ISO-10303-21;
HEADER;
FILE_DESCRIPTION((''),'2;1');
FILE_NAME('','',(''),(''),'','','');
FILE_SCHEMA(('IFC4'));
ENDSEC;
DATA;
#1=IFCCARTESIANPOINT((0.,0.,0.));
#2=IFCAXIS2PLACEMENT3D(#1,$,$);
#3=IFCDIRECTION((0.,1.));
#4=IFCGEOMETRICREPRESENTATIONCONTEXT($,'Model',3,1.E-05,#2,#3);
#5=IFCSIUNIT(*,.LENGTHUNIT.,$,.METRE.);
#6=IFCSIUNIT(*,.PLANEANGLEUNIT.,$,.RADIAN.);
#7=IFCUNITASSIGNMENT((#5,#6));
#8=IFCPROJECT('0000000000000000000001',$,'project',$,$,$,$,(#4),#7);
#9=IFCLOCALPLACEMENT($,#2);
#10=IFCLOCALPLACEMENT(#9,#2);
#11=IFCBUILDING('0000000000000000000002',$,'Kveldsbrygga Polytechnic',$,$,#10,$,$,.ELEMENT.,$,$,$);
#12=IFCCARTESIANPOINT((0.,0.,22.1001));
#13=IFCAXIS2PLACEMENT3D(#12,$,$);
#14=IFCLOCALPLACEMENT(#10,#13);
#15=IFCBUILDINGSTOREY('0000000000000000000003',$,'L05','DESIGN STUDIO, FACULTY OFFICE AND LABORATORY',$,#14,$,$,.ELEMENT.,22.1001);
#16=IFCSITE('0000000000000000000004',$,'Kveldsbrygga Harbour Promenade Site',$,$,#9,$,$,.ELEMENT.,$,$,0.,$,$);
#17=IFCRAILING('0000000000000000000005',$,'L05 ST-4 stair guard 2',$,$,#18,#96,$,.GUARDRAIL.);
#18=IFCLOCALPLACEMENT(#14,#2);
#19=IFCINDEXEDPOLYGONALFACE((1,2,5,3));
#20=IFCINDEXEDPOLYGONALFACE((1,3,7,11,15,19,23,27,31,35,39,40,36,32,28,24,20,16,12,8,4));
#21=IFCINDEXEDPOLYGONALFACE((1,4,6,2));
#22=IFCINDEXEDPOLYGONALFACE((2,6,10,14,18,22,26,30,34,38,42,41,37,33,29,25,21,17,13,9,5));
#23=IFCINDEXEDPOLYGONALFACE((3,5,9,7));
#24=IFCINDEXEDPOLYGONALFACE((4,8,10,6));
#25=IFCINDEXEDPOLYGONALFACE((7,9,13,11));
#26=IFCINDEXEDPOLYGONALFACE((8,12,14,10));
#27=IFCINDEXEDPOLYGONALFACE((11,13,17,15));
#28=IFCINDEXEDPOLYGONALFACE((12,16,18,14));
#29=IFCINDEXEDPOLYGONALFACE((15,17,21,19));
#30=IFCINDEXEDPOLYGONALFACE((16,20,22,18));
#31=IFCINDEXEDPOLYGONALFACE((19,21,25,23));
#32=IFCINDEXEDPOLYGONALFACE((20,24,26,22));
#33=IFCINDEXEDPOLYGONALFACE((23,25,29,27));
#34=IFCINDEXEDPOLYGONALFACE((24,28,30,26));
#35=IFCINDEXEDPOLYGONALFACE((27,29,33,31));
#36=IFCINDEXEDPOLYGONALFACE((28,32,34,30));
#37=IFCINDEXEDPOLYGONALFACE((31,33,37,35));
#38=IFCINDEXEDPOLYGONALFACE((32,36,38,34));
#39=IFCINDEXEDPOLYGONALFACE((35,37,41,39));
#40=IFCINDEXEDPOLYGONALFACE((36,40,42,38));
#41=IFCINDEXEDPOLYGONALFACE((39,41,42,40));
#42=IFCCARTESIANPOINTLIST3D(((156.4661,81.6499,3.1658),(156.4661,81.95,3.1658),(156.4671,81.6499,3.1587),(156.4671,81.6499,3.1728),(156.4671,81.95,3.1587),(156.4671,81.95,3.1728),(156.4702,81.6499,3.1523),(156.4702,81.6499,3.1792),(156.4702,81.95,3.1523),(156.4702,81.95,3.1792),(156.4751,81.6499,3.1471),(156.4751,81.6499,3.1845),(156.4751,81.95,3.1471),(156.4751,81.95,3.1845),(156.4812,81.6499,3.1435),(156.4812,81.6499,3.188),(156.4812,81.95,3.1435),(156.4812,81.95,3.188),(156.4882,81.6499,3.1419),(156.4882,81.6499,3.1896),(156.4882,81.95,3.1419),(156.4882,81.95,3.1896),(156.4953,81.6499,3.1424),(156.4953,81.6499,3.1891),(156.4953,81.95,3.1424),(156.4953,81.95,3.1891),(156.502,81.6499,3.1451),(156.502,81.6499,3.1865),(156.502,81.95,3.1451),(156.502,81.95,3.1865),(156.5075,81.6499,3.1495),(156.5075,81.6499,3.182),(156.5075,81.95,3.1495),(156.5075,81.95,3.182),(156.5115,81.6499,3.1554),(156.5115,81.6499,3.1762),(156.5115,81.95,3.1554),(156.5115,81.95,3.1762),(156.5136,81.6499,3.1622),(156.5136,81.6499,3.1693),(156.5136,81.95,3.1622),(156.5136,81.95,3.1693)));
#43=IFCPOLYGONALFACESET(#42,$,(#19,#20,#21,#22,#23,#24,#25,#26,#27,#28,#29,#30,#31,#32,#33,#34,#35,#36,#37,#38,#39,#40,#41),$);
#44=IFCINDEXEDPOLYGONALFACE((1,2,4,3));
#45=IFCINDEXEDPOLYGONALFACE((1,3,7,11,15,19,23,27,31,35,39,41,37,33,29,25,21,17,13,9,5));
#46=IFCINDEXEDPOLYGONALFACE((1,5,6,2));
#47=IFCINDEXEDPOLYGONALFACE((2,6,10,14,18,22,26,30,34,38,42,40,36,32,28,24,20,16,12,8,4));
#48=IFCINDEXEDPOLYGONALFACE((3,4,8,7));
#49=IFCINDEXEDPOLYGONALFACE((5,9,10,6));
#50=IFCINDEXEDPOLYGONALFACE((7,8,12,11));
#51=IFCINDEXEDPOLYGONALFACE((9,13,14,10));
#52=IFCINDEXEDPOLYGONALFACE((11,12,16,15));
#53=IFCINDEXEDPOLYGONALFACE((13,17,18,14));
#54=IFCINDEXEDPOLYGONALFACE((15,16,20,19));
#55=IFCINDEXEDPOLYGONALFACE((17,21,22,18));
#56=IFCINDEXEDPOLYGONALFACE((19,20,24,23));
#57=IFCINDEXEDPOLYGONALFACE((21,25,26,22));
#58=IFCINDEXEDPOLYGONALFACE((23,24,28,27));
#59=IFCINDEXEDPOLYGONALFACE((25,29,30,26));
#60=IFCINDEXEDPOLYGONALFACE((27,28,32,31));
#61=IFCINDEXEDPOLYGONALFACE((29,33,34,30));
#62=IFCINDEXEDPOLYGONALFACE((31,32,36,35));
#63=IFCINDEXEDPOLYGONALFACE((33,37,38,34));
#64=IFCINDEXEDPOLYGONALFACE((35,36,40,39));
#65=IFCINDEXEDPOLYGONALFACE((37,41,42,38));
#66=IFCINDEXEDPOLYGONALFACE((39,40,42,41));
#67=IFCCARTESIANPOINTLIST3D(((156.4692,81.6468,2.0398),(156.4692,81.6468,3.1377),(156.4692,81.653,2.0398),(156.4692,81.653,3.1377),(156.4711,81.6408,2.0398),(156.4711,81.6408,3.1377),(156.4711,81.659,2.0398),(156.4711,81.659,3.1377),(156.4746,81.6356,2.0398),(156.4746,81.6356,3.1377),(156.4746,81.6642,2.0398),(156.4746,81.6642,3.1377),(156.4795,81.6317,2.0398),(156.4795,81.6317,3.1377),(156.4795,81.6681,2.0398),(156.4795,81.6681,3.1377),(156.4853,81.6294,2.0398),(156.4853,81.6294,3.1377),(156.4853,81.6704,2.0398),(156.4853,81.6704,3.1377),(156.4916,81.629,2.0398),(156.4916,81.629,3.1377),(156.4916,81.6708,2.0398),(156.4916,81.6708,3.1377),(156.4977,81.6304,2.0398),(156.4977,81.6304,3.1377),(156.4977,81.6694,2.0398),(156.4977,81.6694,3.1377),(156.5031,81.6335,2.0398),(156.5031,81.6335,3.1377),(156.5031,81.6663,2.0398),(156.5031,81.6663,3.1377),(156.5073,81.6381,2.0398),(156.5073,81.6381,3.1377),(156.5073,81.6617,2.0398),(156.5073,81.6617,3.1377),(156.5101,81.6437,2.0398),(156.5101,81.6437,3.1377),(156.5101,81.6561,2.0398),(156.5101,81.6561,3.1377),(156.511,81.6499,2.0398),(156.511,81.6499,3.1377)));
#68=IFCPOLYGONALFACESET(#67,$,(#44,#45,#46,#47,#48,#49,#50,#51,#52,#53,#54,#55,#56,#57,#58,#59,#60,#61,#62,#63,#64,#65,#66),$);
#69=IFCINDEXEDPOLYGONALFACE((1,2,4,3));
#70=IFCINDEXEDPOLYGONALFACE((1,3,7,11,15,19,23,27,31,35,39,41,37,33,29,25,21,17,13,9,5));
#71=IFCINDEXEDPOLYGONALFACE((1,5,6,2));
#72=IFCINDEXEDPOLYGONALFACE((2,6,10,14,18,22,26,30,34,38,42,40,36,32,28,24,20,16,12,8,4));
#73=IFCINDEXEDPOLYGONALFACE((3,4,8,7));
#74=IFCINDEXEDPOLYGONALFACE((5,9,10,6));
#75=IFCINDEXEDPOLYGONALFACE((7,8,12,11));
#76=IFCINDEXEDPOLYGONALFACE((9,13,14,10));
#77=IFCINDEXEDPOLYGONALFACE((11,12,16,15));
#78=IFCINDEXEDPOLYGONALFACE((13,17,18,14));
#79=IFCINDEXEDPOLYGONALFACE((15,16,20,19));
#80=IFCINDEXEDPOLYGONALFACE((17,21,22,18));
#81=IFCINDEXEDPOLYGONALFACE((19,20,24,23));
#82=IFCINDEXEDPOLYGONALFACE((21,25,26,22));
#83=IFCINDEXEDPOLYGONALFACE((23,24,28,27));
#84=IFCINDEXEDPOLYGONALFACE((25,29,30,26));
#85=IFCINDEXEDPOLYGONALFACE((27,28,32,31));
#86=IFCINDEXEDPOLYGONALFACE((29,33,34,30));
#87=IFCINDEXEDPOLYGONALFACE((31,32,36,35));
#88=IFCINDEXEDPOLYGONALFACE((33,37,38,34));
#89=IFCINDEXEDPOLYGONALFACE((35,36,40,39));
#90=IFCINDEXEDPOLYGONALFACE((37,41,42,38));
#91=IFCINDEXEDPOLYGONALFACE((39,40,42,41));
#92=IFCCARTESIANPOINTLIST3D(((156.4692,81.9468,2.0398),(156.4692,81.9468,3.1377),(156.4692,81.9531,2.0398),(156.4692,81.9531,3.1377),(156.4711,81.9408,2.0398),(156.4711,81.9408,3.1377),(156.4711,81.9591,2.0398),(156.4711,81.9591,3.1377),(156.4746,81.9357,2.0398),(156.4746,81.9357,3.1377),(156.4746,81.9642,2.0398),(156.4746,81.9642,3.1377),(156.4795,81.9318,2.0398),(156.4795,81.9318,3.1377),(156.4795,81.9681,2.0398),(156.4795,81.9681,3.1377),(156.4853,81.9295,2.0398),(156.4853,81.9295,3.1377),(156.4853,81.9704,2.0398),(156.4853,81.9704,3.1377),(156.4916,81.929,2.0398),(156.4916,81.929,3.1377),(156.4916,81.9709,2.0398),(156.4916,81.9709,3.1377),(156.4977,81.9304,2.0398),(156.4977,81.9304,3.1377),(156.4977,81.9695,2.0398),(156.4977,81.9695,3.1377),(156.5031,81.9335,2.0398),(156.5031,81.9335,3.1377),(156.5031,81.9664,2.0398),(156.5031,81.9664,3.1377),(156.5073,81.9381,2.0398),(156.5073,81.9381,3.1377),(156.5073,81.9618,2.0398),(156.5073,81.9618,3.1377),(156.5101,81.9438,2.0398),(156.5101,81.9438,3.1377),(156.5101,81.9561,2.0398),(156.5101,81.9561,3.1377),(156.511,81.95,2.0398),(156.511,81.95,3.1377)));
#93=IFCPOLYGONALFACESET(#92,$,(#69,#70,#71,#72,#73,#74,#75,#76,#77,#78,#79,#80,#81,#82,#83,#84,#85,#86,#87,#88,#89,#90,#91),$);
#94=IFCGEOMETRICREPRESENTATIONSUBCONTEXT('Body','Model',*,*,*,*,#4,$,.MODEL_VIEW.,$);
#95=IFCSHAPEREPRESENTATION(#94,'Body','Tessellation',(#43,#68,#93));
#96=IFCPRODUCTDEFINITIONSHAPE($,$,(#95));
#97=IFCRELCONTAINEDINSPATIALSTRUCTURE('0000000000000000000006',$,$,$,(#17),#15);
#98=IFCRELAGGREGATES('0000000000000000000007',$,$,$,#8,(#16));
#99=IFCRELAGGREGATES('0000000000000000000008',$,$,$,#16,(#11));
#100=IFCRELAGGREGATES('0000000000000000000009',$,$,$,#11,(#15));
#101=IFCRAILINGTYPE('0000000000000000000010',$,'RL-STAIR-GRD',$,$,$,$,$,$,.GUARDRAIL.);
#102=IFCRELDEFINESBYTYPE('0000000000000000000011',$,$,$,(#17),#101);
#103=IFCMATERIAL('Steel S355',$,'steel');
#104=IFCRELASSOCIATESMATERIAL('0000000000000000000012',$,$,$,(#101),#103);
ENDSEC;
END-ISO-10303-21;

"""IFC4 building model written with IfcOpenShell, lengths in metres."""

from ifc_helpers import new_model, si_unit, direction, frame, origin, origin_2d, place, context, subcontext, project, spatial, circle, extrude, material, type_object, element, save


model = new_model("IFC4")

# Units and contexts
model_context = context("Model", 3, precision=1e-05, world=origin(), true_north=direction((0.0, 1.0)))
body_context = subcontext(model_context, "Body", "Model", "MODEL_VIEW")
ifc_project = project(units=[si_unit("LENGTHUNIT", "METRE"), si_unit("PLANEANGLEUNIT", "RADIAN")], contexts=[model_context])

# Site, building, storey
site_placement = place(None, origin())
site = spatial("IfcSite", under=ifc_project, at=site_placement, Name="Kveldsbrygga Harbour Promenade Site", CompositionType="ELEMENT", RefElevation=0.0)
building_placement = place(site_placement, origin())
building = spatial("IfcBuilding", under=site, at=building_placement, Name="Kveldsbrygga Polytechnic", CompositionType="ELEMENT")
storey_placement = place(building_placement, frame((0.0, 0.0, 22.1001)))
storey = spatial("IfcBuildingStorey", under=building, at=storey_placement, Name="L05", Description="DESIGN STUDIO, FACULTY OFFICE AND LABORATORY", CompositionType="ELEMENT", Elevation=22.1001)

# Shared definitions
ifc_material_1 = material(Name="Steel S355", Category="steel")

# Railing
railing_type_1 = type_object("IfcRailingType", Name="RL-STAIR-GRD", PredefinedType="GUARDRAIL", material=ifc_material_1)
railing_1_placement = place(storey_placement, frame((156.49, 81.6499, 2.0398)))
element("IfcRailing", 1, at=railing_1_placement, inside=storey, type_object=railing_type_1, Name="L05 ST-4 stair guard 2", PredefinedType="GUARDRAIL", context=body_context, shape_type="SweptSolid", body=[
    extrude(circle(Radius=0.0239, at=origin_2d()), frame((0.0, 0.0, 1.126), z_axis=(0.0, 1.0, 0.0), x_axis=(-1.0, 0.0, 0.0)), (0.0, 0.0, 1.0), 0.3),
    extrude(circle(Radius=0.021, at=origin_2d()), origin(), (0.0, 0.0, 1.0), 1.0979),
    extrude(circle(Radius=0.021, at=origin_2d()), frame((0.0, 0.3, 0.0)), (0.0, 0.0, 1.0), 1.0979),
])

save(model, "model.ifc")
